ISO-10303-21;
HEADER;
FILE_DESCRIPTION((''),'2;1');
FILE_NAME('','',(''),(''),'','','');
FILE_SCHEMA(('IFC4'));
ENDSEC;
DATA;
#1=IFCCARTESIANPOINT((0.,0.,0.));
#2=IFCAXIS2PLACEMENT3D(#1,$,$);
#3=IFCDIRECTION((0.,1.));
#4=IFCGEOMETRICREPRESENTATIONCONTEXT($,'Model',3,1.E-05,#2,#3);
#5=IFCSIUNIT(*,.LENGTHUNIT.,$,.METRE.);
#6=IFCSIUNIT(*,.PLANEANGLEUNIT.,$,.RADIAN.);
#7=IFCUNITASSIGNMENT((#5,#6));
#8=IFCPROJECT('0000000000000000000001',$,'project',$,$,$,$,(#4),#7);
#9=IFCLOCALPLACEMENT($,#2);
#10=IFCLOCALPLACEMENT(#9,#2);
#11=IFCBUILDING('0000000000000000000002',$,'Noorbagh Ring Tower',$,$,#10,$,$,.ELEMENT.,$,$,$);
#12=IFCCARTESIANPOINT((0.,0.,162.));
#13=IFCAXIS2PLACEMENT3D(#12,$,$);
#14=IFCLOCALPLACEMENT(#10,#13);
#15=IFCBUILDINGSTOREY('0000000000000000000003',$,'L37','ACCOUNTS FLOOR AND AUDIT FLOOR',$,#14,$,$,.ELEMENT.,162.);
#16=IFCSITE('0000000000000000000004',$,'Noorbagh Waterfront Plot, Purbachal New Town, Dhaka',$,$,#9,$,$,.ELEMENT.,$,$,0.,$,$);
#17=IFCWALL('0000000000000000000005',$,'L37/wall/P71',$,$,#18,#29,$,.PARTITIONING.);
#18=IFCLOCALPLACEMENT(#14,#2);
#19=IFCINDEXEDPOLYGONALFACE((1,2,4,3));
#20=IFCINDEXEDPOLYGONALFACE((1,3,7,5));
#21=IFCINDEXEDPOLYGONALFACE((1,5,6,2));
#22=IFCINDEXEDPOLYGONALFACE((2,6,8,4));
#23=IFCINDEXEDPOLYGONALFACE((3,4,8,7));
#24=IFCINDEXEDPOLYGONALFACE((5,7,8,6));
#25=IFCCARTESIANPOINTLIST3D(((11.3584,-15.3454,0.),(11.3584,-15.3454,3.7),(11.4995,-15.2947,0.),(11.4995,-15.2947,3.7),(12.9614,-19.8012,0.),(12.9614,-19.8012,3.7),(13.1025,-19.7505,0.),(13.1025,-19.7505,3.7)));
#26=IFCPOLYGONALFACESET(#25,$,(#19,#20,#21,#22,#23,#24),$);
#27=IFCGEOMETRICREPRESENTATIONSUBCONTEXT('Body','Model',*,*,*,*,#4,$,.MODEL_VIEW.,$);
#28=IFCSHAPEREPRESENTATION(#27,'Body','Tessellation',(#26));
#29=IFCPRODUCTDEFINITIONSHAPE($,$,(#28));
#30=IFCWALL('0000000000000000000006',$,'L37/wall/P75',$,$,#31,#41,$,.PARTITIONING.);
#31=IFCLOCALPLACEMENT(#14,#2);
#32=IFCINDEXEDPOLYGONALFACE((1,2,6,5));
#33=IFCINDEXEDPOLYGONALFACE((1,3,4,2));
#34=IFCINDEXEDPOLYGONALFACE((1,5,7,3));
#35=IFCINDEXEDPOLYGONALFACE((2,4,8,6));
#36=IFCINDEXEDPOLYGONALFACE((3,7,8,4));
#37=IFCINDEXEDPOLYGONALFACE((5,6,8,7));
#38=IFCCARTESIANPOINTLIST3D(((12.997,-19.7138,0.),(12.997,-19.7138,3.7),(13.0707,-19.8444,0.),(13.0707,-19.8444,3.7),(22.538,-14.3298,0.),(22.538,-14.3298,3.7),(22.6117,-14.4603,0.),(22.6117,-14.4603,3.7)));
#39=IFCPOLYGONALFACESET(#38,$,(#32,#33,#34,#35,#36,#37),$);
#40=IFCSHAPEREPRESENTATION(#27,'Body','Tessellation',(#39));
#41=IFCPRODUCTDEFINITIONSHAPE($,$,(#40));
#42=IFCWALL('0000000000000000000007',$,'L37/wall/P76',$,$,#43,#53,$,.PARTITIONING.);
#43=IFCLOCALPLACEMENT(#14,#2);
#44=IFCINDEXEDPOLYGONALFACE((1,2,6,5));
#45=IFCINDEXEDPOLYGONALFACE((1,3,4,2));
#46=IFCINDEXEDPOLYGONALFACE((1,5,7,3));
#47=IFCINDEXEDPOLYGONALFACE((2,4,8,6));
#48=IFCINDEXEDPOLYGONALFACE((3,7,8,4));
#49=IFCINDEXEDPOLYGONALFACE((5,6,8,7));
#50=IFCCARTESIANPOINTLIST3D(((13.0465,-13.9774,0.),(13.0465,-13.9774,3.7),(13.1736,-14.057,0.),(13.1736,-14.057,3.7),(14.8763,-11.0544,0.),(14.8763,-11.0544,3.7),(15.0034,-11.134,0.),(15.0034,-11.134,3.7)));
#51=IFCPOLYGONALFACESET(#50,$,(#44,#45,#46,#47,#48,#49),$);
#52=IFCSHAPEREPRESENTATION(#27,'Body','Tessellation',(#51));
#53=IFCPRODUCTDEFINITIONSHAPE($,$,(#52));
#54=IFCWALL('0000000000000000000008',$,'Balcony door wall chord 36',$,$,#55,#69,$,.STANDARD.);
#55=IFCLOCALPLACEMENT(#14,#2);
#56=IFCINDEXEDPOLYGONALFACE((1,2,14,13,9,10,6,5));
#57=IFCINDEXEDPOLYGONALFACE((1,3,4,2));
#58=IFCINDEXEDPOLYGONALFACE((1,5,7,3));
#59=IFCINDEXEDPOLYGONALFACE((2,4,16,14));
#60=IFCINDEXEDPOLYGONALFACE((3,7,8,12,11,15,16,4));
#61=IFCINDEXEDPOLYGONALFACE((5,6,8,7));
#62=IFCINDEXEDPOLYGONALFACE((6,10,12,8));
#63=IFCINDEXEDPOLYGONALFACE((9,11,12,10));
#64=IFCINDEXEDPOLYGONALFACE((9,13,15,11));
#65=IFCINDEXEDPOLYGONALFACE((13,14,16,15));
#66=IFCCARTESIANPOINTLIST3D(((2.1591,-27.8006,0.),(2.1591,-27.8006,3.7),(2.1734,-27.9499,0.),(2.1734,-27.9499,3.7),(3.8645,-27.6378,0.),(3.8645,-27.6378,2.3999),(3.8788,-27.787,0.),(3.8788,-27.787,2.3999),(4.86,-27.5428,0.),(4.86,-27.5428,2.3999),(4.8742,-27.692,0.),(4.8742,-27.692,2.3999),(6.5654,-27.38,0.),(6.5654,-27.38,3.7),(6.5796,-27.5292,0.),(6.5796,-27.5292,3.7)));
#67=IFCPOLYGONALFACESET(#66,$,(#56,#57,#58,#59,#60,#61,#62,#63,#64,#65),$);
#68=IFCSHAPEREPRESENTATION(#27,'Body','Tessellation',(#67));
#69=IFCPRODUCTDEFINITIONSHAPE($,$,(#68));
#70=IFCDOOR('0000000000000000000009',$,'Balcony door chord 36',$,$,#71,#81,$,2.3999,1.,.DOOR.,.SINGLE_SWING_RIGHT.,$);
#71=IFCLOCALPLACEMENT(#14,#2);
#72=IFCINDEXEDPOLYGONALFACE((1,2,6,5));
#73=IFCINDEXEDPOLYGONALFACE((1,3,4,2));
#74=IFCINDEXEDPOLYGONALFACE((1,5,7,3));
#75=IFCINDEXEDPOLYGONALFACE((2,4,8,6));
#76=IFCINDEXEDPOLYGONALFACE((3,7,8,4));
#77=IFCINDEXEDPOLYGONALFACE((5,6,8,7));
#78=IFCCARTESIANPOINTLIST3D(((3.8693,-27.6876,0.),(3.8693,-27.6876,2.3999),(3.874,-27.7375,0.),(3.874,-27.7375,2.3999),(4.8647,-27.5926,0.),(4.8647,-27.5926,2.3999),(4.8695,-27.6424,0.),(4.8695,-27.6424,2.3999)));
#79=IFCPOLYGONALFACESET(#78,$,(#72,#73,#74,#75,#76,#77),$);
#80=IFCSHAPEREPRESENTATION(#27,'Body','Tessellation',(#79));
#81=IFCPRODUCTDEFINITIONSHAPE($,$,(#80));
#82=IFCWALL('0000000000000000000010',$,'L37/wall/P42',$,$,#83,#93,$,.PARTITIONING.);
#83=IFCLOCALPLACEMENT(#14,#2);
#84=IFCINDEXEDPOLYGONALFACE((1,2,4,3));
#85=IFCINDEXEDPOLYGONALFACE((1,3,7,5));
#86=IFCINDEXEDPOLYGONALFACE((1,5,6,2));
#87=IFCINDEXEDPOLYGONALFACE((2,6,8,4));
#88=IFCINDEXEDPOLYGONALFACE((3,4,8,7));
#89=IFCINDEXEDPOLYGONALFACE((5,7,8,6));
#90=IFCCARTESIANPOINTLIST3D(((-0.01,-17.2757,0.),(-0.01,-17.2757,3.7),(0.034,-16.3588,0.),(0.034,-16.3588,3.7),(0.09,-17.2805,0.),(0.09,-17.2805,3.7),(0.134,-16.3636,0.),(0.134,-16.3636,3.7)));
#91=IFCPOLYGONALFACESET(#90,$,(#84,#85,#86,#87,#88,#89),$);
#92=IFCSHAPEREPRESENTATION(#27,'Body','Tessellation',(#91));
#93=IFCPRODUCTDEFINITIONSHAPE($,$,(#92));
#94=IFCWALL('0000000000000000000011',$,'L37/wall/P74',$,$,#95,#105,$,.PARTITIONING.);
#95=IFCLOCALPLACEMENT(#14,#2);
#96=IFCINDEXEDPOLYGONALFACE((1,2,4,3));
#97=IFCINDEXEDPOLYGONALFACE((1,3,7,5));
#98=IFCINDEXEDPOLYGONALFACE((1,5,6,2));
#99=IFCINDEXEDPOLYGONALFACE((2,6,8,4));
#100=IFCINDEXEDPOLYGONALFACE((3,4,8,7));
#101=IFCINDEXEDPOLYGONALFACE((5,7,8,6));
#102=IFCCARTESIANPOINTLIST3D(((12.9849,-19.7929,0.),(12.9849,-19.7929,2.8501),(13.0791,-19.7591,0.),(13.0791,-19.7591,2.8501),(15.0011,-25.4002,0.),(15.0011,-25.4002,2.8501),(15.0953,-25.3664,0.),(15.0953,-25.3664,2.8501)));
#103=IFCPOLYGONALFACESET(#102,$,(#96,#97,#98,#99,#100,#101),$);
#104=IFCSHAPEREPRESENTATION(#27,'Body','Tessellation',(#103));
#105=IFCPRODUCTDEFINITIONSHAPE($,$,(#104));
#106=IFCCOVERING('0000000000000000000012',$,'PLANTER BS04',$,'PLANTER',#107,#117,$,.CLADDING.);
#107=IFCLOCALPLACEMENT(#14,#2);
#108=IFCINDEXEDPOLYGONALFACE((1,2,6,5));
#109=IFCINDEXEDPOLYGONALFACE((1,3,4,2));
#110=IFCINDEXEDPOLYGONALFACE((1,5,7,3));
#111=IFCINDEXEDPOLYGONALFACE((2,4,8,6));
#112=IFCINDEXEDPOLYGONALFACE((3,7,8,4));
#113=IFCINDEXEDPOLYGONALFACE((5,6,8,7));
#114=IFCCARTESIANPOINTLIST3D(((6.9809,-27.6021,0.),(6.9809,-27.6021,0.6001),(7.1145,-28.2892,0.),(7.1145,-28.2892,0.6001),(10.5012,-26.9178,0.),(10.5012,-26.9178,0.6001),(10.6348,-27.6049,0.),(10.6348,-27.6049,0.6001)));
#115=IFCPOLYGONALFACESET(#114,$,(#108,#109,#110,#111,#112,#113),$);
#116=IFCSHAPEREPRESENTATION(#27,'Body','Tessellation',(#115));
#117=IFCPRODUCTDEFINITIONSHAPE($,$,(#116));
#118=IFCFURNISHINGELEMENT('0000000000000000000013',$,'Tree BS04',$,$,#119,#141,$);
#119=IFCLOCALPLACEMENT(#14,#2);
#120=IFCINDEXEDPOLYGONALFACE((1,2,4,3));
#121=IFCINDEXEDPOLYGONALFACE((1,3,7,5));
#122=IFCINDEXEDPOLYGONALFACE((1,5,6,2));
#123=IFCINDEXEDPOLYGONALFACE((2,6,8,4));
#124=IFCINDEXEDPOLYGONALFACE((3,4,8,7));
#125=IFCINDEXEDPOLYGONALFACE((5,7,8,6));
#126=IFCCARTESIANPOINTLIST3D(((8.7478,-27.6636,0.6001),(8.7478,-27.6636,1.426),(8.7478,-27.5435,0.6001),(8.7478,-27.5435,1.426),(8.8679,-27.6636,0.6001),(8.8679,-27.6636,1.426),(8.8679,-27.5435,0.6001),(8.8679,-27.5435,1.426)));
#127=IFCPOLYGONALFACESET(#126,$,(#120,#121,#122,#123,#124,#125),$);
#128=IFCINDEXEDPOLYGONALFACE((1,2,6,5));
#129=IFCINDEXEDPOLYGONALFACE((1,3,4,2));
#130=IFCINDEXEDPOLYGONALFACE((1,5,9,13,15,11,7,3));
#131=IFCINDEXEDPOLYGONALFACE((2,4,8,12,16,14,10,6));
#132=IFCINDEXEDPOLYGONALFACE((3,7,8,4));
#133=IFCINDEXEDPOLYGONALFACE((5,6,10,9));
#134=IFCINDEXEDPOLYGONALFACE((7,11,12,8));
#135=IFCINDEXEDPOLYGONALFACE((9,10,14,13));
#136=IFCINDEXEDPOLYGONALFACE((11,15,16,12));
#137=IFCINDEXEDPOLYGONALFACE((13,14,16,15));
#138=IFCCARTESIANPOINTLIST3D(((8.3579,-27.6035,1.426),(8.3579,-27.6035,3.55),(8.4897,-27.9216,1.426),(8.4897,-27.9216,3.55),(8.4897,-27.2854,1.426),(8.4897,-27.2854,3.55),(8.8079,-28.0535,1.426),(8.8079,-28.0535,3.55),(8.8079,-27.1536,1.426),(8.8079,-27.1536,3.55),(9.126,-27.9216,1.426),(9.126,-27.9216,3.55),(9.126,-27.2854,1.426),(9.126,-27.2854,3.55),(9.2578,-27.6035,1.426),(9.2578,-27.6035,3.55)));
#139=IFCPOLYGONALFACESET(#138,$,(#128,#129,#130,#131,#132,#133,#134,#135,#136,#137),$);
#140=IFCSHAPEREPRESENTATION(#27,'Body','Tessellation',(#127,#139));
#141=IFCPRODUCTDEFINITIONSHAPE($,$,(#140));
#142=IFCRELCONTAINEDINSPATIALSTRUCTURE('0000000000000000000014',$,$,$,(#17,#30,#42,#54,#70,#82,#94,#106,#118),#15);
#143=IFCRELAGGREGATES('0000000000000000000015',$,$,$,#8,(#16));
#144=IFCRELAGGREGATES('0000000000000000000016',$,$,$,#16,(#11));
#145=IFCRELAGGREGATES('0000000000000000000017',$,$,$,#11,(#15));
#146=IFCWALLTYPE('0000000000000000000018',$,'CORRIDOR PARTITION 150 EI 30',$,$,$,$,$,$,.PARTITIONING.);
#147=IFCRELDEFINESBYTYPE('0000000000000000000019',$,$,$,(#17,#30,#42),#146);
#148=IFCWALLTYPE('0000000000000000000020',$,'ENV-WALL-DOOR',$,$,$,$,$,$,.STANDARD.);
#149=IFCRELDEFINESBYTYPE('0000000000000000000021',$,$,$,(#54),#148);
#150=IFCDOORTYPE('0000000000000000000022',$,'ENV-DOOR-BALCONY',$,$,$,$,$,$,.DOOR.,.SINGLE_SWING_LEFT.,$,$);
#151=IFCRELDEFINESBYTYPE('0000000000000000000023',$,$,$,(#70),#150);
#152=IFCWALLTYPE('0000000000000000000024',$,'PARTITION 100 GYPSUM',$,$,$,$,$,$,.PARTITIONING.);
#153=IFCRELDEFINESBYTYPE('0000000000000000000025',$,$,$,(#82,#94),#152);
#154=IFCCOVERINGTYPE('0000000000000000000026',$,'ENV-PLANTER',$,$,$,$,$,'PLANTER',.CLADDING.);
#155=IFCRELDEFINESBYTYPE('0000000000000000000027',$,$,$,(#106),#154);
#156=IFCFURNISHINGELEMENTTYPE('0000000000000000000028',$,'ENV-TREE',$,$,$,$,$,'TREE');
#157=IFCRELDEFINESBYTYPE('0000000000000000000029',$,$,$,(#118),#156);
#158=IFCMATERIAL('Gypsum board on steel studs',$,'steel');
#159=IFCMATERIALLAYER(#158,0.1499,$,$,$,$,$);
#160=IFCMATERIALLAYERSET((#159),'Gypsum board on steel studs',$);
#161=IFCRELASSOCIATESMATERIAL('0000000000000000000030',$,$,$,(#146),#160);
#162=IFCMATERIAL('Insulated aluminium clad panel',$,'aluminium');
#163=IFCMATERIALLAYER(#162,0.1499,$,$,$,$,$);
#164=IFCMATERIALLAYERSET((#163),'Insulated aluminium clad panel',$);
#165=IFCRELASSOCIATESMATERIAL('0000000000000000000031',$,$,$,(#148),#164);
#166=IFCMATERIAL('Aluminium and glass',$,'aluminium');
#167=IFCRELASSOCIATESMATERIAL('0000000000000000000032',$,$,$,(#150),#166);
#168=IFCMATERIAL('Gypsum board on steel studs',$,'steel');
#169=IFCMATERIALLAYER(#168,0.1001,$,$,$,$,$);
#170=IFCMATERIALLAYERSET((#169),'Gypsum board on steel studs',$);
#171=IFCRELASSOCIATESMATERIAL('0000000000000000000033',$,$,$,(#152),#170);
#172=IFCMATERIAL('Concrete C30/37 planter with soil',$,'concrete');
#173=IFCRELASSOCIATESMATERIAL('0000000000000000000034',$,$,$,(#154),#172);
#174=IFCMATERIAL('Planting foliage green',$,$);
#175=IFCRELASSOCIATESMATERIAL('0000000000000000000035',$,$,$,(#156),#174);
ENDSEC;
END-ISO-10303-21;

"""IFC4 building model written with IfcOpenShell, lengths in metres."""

from ifc_helpers import new_model, si_unit, direction, frame, frame_2d, origin, origin_2d, place, context, subcontext, project, spatial, polyline, rectangle, outline, extrude, material, layer, layer_set, type_object, element, fill, save


model = new_model("IFC4")

# Units and contexts
model_context = context("Model", 3, precision=1e-05, world=origin(), true_north=direction((0.0, 1.0)))
body_context = subcontext(model_context, "Body", "Model", "MODEL_VIEW")
ifc_project = project(units=[si_unit("LENGTHUNIT", "METRE"), si_unit("PLANEANGLEUNIT", "RADIAN")], contexts=[model_context])

# Site, building, storey
site_placement = place(None, origin())
site = spatial("IfcSite", under=ifc_project, at=site_placement, Name="Noorbagh Waterfront Plot, Purbachal New Town, Dhaka", CompositionType="ELEMENT", RefElevation=0.0)
building_placement = place(site_placement, origin())
building = spatial("IfcBuilding", under=site, at=building_placement, Name="Noorbagh Ring Tower", CompositionType="ELEMENT")
storey_placement = place(building_placement, frame((0.0, 0.0, 162.0)))
storey = spatial("IfcBuildingStorey", under=building, at=storey_placement, Name="L37", Description="ACCOUNTS FLOOR AND AUDIT FLOOR", CompositionType="ELEMENT", Elevation=162.0)

# Walls
ifc_material_1 = material(Name="Gypsum board on steel studs", Category="steel")
ifc_layer_1 = layer(ifc_material_1, 0.1499)
ifc_layer_set_1 = layer_set([ifc_layer_1], Name="Gypsum board on steel studs")
wall_type_1 = type_object("IfcWallType", Name="CORRIDOR PARTITION 150 EI 30", PredefinedType="PARTITIONING", material=ifc_layer_set_1)
wall_1_placement = place(storey_placement, frame((11.429, -15.3201, 0.0), z_axis=(0.0, 0.0, 1.0), x_axis=(0.33852, -0.940959, 0.0)))
element("IfcWall", 1, at=wall_1_placement, inside=storey, type_object=wall_type_1, Name="L37/wall/P71", PredefinedType="PARTITIONING", context=body_context, shape_type="SweptSolid", body=[
    extrude(rectangle(XDim=4.7354, YDim=0.1499, at=frame_2d((2.3677, 0.0))), origin(), (0.0, 0.0, 1.0), 3.7),
])
wall_2_placement = place(storey_placement, frame((13.0339, -19.7791, 0.0), z_axis=(0.0, 0.0, 1.0), x_axis=(0.870903, 0.491454, 0.0)))
element("IfcWall", 2, at=wall_2_placement, inside=storey, type_object=wall_type_1, Name="L37/wall/P75", PredefinedType="PARTITIONING", context=body_context, shape_type="SweptSolid", body=[
    extrude(rectangle(XDim=10.9553, YDim=0.1499, at=frame_2d((5.4775, 0.0))), origin(), (0.0, 0.0, 1.0), 3.7),
])
wall_3_placement = place(storey_placement, frame((13.1101, -14.0171, 0.0), z_axis=(0.0, 0.0, 1.0), x_axis=(0.530603, 0.84762, 0.0)))
element("IfcWall", 3, at=wall_3_placement, inside=storey, type_object=wall_type_1, Name="L37/wall/P76", PredefinedType="PARTITIONING", context=body_context, shape_type="SweptSolid", body=[
    extrude(rectangle(XDim=3.4485, YDim=0.1499, at=frame_2d((1.7241, 0.0))), origin(), (0.0, 0.0, 1.0), 3.7),
])

# Wall, opening, door
ifc_material_2 = material(Name="Insulated aluminium clad panel", Category="aluminium")
ifc_layer_2 = layer(ifc_material_2, 0.1499)
ifc_layer_set_2 = layer_set([ifc_layer_2], Name="Insulated aluminium clad panel")
wall_type_2 = type_object("IfcWallType", Name="ENV-WALL-DOOR", PredefinedType="STANDARD", material=ifc_layer_set_2)
wall_4_placement = place(storey_placement, frame((2.1663, -27.8752, 0.0), z_axis=(0.0, 0.0, 1.0), x_axis=(0.995474, 0.095036, 0.0)))
wall_4 = element("IfcWall", 4, at=wall_4_placement, inside=storey, type_object=wall_type_2, Name="Balcony door wall chord 36", PredefinedType="STANDARD", context=body_context, shape_type="SweptSolid", body=[
    extrude(rectangle(XDim=4.4263, YDim=0.1499, at=frame_2d((2.2131, 0.0))), origin(), (0.0, 0.0, 1.0), 3.7),
])
opening_placement = place(wall_4_placement, frame((1.7131, 0.0, 0.0)))
opening = element("IfcOpeningElement", 5, at=opening_placement, cuts=wall_4, PredefinedType="OPENING", context=body_context, shape_type="SweptSolid", body=[
    extrude(rectangle(XDim=1.0, YDim=2.3999, at=frame_2d((0.5, 1.2))), frame((0.0, 0.085, 0.0), z_axis=(0.0, -1.0, 0.0), x_axis=(1.0, 0.0, 0.0)), (0.0, 0.0, 1.0), 0.1699),
])
ifc_material_3 = material(Name="Aluminium and glass", Category="aluminium")
door_type = type_object("IfcDoorType", Name="ENV-DOOR-BALCONY", OperationType="SINGLE_SWING_LEFT", PredefinedType="DOOR", material=ifc_material_3)
door_placement = place(opening_placement, origin())
door = element("IfcDoor", 6, at=door_placement, inside=storey, type_object=door_type, Name="Balcony door chord 36", OperationType="SINGLE_SWING_RIGHT", OverallHeight=2.3999, OverallWidth=1.0, PredefinedType="DOOR", context=body_context, shape_type="SweptSolid", body=[
    extrude(rectangle(XDim=1.0, YDim=2.3999, at=frame_2d((0.5, 1.2))), frame((0.0, 0.0249, 0.0), z_axis=(0.0, -1.0, 0.0), x_axis=(1.0, 0.0, 0.0)), (0.0, 0.0, 1.0), 0.05),
])
fill(opening, door)

# Walls
ifc_material_4 = material(Name="Gypsum board on steel studs", Category="steel")
ifc_layer_3 = layer(ifc_material_4, 0.1001)
ifc_layer_set_3 = layer_set([ifc_layer_3], Name="Gypsum board on steel studs")
wall_type_3 = type_object("IfcWallType", Name="PARTITION 100 GYPSUM", PredefinedType="PARTITIONING", material=ifc_layer_set_3)
wall_5_placement = place(storey_placement, frame((0.04, -17.2781, 0.0), z_axis=(0.0, 0.0, 1.0), x_axis=(0.047868, 0.998854, 0.0)))
element("IfcWall", 7, at=wall_5_placement, inside=storey, type_object=wall_type_3, Name="L37/wall/P42", PredefinedType="PARTITIONING", context=body_context, shape_type="SweptSolid", body=[
    extrude(rectangle(XDim=0.918, YDim=0.1001, at=frame_2d((0.459, 0.0))), origin(), (0.0, 0.0, 1.0), 3.7),
])
wall_6_placement = place(storey_placement, frame((13.032, -19.7759, 0.0), z_axis=(0.0, 0.0, 1.0), x_axis=(0.338352, -0.941019, 0.0)))
element("IfcWall", 8, at=wall_6_placement, inside=storey, type_object=wall_type_3, Name="L37/wall/P74", PredefinedType="PARTITIONING", context=body_context, shape_type="SweptSolid", body=[
    extrude(rectangle(XDim=5.9587, YDim=0.1001, at=frame_2d((2.9795, 0.0))), origin(), (0.0, 0.0, 1.0), 2.8501),
])

# Covering
ifc_material_5 = material(Name="Concrete C30/37 planter with soil", Category="concrete")
covering_type = type_object("IfcCoveringType", Name="ENV-PLANTER", ElementType="PLANTER", PredefinedType="CLADDING", material=ifc_material_5)
covering_placement = place(storey_placement, frame((8.8079, -27.6035, 0.0), z_axis=(0.0, 0.0, 1.0), x_axis=(0.981625, 0.19082, 0.0)))
element("IfcCovering", 9, at=covering_placement, inside=storey, type_object=covering_type, Name="PLANTER BS04", ObjectType="PLANTER", PredefinedType="CLADDING", context=body_context, shape_type="SweptSolid", body=[
    extrude(rectangle(XDim=3.5862, YDim=0.7, at=origin_2d()), origin(), (0.0, 0.0, 1.0), 0.6001),
])

# Furnishing element
ifc_material_6 = material(Name="Planting foliage green")
furnishing_element_type = type_object("IfcFurnishingElementType", Name="ENV-TREE", ElementType="TREE", material=ifc_material_6)
furnishing_placement = place(storey_placement, frame((8.8079, -27.6035, 0.6001), z_axis=(0.0, 0.0, 1.0), x_axis=(1.0, 0.0, 0.0)))
element("IfcFurnishingElement", 10, at=furnishing_placement, inside=storey, type_object=furnishing_element_type, Name="Tree BS04", context=body_context, shape_type="SweptSolid", body=[
    extrude(rectangle(XDim=0.1201, YDim=0.1201, at=origin_2d()), origin(), (0.0, 0.0, 1.0), 0.8259),
    extrude(outline(polyline([(0.45, 0.0), (0.3181, 0.3181), (0.0, 0.45), (-0.3181, 0.3181), (-0.45, 0.0), (-0.3181, -0.3181), (0.0, -0.45), (0.3181, -0.3181), (0.45, 0.0)])), frame((0.0, 0.0, 0.8259)), (0.0, 0.0, 1.0), 2.124),
])

save(model, "model.ifc")
